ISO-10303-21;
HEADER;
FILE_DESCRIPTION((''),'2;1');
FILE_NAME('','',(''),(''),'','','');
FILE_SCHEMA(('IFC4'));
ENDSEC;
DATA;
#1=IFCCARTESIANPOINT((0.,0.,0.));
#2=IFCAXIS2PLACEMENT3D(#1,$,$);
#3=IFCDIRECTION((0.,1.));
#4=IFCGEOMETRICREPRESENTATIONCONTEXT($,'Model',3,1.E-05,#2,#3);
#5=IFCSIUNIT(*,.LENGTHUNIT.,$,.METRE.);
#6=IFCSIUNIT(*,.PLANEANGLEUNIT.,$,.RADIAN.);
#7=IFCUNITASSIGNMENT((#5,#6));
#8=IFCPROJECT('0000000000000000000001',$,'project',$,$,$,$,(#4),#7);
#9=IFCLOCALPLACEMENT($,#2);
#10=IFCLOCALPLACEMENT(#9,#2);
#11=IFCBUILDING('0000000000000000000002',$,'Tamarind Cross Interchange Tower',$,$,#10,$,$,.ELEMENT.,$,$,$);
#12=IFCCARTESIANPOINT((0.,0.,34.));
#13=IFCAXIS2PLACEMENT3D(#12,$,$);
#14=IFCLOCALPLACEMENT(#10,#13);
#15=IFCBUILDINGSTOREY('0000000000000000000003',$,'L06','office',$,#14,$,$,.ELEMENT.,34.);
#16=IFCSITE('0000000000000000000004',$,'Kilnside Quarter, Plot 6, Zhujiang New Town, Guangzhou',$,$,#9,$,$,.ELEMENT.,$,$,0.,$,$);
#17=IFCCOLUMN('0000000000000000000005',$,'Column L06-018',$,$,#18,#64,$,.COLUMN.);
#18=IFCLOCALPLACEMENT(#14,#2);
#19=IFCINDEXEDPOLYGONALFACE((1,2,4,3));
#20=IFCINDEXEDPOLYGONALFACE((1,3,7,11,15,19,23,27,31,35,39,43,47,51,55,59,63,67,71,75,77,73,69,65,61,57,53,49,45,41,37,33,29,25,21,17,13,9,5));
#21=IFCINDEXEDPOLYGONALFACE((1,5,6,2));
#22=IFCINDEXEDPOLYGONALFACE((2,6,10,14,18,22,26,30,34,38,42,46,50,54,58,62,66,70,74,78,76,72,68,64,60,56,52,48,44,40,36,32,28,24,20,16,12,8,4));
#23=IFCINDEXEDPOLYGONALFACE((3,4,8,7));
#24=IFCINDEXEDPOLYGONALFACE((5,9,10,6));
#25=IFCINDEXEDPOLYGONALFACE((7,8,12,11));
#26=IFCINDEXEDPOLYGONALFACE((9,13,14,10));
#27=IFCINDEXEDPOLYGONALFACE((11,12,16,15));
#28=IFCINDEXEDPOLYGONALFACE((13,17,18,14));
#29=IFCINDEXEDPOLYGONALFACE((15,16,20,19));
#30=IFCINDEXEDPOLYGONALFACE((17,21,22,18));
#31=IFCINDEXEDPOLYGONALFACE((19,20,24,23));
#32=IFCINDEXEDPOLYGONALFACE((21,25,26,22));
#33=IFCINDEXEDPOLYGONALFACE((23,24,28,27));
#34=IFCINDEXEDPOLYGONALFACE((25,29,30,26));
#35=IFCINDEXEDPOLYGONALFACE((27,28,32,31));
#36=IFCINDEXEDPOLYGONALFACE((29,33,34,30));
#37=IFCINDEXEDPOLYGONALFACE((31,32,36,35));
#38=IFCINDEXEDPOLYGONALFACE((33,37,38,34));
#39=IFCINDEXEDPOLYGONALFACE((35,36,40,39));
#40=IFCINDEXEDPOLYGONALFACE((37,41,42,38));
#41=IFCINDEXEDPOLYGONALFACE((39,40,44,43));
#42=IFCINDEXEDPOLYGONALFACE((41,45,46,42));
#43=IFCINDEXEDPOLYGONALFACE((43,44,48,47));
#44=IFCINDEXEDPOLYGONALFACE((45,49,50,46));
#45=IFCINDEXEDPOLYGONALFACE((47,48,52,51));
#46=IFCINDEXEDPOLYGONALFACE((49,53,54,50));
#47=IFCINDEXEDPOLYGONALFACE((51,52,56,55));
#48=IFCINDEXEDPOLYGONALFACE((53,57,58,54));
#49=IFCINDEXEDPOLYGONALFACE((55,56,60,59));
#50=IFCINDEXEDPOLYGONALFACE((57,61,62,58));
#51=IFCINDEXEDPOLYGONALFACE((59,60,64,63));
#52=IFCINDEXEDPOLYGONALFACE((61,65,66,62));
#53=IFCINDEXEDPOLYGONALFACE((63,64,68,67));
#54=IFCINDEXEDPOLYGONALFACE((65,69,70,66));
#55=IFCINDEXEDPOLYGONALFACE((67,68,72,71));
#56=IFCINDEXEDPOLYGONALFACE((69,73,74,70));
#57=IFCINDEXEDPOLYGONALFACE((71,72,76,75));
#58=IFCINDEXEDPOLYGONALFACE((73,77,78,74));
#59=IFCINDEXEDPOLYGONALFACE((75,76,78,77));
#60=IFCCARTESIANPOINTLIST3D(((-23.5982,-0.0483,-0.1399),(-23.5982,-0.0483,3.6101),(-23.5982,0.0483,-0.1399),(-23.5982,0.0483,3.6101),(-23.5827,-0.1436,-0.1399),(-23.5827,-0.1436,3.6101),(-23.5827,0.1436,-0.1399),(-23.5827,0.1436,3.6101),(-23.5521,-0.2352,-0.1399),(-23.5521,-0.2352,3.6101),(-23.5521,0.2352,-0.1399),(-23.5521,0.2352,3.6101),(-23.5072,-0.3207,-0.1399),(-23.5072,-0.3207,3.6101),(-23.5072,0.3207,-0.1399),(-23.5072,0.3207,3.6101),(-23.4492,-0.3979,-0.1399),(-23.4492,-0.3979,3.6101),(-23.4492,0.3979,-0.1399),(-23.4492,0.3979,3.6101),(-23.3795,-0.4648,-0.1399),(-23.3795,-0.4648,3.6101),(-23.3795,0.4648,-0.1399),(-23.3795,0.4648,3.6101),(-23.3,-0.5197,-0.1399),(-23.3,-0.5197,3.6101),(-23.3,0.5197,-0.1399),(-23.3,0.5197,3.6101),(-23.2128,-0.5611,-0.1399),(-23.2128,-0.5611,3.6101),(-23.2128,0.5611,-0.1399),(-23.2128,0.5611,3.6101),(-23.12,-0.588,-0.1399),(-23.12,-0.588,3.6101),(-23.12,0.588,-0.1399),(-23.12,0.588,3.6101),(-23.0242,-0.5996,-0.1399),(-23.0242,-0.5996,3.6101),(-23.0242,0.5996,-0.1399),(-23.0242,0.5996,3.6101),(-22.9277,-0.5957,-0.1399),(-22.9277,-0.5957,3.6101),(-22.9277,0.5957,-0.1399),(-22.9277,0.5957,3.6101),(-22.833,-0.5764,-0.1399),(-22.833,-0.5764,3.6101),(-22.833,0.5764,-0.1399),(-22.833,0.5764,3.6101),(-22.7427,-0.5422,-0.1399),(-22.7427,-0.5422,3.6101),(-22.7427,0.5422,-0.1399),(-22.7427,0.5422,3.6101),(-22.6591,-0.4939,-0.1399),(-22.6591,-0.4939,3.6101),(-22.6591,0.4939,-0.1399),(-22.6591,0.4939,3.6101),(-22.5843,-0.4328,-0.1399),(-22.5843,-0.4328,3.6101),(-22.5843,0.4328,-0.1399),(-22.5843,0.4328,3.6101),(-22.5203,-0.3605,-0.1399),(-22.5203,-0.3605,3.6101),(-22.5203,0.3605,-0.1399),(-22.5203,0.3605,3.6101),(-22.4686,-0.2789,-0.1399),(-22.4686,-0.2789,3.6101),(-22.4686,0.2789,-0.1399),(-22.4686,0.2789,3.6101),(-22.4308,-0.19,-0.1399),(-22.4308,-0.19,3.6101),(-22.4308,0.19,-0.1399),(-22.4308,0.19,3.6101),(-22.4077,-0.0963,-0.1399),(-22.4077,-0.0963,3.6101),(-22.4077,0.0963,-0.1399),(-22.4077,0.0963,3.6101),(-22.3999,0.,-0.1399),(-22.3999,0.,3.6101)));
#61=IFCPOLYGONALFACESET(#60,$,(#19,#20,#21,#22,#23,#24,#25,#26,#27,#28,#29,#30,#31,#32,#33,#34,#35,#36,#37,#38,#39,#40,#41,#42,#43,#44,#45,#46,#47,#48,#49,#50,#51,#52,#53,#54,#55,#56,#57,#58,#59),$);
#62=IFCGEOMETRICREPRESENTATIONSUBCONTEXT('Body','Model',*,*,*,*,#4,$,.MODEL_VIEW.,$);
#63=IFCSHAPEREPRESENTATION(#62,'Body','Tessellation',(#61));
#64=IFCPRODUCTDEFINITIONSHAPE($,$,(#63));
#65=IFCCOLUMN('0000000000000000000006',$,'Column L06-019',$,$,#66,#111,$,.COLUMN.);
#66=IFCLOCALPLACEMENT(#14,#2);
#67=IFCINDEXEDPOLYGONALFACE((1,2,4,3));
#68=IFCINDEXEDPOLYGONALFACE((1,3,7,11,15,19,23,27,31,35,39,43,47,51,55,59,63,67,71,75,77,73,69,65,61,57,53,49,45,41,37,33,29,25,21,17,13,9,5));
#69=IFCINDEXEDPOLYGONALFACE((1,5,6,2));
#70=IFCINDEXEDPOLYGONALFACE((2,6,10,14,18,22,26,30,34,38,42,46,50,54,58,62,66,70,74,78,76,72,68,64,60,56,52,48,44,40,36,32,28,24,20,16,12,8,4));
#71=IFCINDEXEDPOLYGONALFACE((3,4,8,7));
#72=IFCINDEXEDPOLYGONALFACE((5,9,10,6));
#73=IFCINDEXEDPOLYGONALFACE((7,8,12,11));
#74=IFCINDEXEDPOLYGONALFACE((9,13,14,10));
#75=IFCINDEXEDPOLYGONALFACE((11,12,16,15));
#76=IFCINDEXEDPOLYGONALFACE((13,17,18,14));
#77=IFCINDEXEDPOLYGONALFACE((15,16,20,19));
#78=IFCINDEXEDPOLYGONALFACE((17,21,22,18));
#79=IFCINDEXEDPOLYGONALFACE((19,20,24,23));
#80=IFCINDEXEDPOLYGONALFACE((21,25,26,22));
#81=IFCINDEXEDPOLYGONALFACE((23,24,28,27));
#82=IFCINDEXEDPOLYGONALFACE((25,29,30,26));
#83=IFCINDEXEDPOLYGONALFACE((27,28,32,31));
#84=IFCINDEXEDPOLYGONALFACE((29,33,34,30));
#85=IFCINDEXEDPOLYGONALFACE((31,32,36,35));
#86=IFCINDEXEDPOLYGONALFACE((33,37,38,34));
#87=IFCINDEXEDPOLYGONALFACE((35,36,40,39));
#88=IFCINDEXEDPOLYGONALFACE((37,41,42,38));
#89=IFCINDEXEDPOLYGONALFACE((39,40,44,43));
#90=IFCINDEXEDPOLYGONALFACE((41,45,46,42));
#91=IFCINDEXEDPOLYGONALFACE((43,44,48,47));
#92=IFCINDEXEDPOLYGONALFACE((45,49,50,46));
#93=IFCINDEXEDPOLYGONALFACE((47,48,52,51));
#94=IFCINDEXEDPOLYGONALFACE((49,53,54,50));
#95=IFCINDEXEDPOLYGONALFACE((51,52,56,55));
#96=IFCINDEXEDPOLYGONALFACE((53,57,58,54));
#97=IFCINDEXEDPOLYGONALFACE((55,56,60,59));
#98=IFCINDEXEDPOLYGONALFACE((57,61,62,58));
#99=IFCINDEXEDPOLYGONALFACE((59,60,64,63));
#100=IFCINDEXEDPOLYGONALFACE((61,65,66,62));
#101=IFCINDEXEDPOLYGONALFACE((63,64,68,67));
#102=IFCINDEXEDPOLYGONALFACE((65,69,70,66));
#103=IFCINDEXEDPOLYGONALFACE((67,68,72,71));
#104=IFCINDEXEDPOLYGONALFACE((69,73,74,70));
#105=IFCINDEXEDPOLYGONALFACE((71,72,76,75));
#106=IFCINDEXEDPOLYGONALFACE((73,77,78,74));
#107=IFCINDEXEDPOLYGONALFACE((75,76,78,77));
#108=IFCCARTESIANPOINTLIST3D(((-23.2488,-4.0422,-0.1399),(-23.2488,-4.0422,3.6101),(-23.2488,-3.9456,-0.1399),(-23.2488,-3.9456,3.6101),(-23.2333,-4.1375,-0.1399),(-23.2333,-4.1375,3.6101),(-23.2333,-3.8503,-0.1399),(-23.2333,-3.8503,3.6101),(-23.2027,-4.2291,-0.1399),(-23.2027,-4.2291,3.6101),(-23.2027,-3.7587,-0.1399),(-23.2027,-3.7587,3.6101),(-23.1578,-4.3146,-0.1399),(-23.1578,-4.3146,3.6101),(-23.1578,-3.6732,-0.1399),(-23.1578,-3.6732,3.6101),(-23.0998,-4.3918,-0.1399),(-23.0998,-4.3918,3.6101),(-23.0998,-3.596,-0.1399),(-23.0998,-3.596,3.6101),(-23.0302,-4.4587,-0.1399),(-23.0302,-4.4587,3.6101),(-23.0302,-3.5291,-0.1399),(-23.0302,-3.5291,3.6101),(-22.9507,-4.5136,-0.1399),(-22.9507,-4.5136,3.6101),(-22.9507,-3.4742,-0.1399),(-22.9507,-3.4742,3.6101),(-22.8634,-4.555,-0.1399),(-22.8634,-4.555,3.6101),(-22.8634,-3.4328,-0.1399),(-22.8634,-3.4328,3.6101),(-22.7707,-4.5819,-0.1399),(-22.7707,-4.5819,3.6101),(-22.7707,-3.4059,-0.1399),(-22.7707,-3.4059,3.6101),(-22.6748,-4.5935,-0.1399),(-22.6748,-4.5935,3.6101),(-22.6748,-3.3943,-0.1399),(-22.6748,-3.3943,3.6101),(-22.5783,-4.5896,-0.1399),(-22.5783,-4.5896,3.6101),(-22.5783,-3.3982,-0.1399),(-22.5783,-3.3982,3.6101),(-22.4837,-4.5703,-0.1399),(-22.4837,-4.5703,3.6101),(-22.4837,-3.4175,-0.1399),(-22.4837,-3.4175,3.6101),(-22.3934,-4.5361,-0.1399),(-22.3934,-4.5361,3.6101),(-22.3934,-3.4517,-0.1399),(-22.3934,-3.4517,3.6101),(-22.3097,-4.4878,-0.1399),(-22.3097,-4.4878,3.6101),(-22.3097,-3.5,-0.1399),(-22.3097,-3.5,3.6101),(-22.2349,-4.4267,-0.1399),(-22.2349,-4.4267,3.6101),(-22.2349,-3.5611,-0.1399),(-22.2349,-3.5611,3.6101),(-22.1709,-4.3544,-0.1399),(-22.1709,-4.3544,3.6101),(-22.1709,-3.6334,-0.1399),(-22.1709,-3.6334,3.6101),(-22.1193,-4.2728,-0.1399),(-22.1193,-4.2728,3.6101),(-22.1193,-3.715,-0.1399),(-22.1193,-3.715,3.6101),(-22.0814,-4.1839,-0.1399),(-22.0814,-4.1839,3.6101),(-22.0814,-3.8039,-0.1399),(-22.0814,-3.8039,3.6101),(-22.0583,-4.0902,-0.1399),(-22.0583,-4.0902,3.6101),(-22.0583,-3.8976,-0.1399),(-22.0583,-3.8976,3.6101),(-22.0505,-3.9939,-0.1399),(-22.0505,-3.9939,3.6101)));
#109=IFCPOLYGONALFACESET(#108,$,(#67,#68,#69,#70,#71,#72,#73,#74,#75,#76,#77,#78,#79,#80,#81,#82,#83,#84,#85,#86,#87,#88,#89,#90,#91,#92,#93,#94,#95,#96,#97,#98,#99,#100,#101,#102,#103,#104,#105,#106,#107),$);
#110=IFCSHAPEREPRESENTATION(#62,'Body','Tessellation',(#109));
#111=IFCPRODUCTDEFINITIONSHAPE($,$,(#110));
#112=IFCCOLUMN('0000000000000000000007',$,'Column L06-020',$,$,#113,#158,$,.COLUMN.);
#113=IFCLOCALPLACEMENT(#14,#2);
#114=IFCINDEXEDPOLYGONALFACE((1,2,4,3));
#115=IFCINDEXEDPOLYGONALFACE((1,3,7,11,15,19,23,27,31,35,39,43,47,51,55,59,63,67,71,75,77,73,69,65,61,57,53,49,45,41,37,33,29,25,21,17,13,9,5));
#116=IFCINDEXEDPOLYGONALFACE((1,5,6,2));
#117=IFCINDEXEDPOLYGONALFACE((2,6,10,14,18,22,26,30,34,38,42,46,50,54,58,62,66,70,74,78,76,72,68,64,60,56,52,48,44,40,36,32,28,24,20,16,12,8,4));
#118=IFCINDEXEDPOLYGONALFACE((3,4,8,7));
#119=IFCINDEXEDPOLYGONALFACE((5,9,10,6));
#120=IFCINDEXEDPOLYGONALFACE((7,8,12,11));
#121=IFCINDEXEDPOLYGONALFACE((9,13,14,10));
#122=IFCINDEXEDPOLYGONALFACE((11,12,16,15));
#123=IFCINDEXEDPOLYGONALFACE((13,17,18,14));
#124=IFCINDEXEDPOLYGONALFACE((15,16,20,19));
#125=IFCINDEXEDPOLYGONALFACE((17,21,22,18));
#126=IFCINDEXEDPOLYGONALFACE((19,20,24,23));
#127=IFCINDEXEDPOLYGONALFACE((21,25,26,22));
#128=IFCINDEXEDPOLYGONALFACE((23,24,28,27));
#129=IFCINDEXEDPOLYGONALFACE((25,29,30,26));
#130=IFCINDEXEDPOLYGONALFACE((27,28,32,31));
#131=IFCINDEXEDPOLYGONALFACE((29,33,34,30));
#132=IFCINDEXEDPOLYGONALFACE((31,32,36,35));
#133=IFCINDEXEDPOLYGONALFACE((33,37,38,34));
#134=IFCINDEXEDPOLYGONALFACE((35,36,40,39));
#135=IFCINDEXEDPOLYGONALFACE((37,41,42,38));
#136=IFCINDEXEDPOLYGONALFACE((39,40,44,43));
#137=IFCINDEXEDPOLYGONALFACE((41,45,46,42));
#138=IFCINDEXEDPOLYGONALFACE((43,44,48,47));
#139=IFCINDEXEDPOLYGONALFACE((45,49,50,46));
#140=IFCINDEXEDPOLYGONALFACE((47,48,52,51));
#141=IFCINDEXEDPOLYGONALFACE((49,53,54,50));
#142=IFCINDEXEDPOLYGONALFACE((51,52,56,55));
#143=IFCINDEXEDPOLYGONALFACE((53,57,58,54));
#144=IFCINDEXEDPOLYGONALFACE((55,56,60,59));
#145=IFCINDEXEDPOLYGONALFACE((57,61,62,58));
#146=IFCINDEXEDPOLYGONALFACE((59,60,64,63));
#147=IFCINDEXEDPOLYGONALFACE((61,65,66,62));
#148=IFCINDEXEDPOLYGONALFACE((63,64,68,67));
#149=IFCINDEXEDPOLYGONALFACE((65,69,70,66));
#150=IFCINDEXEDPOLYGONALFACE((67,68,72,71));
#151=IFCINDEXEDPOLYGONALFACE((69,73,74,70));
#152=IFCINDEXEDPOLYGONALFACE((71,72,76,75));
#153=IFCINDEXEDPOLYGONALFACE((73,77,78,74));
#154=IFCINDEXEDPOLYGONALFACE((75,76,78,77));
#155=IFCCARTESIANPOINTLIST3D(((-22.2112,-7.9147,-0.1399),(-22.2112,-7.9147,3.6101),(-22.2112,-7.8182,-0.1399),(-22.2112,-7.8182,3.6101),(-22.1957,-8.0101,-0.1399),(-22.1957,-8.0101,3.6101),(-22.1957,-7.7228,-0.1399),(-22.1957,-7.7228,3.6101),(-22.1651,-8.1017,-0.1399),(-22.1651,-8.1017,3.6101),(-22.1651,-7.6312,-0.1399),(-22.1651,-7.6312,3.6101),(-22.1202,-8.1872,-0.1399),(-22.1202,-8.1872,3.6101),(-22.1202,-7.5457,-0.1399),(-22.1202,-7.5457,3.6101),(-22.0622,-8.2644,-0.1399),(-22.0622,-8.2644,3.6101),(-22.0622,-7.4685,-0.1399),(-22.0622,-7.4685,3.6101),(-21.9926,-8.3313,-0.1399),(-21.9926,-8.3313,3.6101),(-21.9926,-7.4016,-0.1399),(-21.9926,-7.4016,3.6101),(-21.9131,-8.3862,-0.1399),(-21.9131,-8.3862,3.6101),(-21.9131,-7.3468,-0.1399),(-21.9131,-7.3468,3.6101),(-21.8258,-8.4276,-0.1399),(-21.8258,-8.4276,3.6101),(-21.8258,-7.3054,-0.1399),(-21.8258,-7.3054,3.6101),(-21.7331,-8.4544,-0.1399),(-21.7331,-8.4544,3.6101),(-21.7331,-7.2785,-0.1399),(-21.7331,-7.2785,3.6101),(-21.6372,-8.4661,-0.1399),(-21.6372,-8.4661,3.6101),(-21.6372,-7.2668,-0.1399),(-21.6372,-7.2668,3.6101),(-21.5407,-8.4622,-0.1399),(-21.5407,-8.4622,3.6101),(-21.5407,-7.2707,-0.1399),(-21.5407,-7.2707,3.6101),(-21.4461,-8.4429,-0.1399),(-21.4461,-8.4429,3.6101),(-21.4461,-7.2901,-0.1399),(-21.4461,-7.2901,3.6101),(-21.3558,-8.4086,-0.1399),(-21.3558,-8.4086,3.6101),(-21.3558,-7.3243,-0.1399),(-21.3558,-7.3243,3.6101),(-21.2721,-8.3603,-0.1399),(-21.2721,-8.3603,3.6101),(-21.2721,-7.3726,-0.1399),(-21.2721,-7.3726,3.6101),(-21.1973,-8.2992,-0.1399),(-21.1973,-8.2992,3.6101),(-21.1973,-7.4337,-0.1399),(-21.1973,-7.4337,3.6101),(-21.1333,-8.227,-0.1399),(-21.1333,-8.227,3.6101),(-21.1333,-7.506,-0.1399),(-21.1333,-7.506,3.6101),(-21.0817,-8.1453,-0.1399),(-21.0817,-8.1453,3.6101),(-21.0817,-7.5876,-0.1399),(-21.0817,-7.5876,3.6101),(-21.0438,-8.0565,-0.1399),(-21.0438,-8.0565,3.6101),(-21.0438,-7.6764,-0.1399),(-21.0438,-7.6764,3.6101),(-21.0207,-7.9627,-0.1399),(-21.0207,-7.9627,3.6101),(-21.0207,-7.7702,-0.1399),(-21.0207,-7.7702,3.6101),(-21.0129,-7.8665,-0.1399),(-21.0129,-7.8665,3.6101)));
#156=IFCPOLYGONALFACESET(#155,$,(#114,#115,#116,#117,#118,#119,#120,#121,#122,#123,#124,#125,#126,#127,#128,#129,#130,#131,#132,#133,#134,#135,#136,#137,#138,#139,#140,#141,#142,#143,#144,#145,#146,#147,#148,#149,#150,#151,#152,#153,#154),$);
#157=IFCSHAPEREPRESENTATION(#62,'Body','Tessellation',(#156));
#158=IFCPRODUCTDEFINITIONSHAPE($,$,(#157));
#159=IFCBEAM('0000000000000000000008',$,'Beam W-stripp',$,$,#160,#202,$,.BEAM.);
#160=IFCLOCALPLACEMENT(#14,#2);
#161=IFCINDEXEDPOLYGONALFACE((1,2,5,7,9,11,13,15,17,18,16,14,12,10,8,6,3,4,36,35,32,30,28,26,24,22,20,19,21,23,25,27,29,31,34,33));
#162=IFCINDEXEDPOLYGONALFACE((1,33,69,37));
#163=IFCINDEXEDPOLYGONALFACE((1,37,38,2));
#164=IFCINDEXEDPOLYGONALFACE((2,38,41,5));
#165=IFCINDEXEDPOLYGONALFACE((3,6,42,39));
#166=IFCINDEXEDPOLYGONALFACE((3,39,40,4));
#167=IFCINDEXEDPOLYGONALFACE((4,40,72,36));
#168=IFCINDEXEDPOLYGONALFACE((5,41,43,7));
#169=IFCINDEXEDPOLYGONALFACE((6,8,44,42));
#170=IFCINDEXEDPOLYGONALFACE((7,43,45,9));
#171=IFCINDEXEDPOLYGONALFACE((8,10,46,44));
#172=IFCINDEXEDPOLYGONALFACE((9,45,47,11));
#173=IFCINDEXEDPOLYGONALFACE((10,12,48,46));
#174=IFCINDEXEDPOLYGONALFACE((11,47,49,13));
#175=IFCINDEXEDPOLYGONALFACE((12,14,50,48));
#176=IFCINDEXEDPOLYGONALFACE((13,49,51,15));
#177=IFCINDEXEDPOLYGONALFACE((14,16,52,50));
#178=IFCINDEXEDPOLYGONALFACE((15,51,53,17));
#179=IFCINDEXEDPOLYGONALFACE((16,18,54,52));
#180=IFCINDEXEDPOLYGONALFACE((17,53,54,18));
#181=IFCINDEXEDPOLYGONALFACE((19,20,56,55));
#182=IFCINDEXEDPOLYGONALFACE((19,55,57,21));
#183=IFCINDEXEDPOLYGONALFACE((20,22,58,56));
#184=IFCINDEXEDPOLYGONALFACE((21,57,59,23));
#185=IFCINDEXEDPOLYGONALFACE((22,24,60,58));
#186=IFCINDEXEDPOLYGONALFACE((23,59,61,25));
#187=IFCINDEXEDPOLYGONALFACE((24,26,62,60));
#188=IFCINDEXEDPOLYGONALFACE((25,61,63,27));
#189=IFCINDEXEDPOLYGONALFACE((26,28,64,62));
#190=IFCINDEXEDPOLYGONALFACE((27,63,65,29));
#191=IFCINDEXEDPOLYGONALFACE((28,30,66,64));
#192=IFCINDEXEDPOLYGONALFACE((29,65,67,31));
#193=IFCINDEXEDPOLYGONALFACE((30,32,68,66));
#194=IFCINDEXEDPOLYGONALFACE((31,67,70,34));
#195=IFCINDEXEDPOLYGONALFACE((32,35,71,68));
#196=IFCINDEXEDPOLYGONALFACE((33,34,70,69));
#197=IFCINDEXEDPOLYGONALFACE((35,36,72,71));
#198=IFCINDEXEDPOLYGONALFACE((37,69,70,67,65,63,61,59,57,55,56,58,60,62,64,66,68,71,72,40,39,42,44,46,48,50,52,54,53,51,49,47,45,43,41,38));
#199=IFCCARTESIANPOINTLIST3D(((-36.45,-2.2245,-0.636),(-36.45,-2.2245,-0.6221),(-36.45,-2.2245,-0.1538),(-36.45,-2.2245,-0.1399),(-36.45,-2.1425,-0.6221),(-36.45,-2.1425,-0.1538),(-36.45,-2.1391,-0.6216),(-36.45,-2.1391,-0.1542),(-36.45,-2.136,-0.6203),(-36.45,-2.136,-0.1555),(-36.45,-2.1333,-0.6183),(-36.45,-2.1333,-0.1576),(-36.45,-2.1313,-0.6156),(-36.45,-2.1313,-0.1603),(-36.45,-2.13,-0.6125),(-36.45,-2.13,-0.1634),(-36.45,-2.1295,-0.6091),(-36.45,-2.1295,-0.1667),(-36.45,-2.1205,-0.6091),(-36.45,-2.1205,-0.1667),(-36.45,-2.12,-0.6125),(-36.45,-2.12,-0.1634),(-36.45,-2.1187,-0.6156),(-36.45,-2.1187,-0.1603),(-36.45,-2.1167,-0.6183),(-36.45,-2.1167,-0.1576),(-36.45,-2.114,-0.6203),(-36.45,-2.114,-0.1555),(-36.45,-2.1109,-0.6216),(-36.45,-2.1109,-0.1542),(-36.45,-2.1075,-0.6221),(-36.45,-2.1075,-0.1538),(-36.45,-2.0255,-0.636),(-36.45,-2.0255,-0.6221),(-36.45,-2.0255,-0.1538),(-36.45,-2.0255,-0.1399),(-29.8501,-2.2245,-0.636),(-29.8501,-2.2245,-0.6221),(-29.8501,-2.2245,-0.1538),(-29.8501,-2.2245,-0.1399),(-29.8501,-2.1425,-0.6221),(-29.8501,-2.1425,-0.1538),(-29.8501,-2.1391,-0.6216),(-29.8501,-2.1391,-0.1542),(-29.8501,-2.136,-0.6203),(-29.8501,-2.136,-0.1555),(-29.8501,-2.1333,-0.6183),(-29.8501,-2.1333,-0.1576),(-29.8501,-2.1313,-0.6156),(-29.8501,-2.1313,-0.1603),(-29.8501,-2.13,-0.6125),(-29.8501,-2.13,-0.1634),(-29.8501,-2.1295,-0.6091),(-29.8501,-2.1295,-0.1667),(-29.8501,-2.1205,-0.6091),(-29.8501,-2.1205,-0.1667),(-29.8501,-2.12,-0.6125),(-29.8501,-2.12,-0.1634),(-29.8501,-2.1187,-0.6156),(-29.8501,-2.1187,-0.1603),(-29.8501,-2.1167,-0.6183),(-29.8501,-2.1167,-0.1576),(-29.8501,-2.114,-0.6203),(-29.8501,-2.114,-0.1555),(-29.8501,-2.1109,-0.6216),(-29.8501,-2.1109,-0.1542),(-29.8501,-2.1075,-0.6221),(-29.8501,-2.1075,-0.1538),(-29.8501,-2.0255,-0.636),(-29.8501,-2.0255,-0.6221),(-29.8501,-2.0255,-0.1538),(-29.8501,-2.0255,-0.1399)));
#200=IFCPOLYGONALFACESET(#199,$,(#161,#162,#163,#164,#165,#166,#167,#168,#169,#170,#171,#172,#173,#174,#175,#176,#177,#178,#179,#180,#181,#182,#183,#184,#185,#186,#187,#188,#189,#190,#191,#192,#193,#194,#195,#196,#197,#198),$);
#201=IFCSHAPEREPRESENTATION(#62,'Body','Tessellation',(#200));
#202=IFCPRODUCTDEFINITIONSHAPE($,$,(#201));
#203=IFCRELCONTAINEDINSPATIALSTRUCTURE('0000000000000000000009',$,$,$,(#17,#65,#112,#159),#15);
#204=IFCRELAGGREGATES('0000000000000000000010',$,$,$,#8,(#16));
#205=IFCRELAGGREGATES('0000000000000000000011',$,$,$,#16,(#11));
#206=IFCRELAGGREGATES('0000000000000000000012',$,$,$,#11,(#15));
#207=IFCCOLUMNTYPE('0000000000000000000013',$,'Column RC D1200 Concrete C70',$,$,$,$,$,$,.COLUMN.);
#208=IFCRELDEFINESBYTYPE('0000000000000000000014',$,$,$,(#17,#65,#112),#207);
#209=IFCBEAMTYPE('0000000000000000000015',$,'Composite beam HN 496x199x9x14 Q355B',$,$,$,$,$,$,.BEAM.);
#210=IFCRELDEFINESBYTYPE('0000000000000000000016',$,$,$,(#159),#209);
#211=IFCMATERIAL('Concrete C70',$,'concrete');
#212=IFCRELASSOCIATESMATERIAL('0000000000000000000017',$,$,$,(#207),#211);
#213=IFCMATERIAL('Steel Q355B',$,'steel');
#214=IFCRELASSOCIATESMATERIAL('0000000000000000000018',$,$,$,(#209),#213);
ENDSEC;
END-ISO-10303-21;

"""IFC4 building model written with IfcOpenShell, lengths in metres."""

from ifc_helpers import new_model, si_unit, direction, frame, origin, origin_2d, place, context, subcontext, project, spatial, circle, i_section, extrude, material, material_profile, profile_set, type_object, element, save


model = new_model("IFC4")

# Units and contexts
model_context = context("Model", 3, precision=1e-05, world=origin(), true_north=direction((0.0, 1.0)))
body_context = subcontext(model_context, "Body", "Model", "MODEL_VIEW")
ifc_project = project(units=[si_unit("LENGTHUNIT", "METRE"), si_unit("PLANEANGLEUNIT", "RADIAN")], contexts=[model_context])

# Site, building, storey
site_placement = place(None, origin())
site = spatial("IfcSite", under=ifc_project, at=site_placement, Name="Kilnside Quarter, Plot 6, Zhujiang New Town, Guangzhou", CompositionType="ELEMENT", RefElevation=0.0)
building_placement = place(site_placement, origin())
building = spatial("IfcBuilding", under=site, at=building_placement, Name="Tamarind Cross Interchange Tower", CompositionType="ELEMENT")
storey_placement = place(building_placement, frame((0.0, 0.0, 34.0)))
storey = spatial("IfcBuildingStorey", under=building, at=storey_placement, Name="L06", Description="office", CompositionType="ELEMENT", Elevation=34.0)

# Columns
ifc_material_1 = material(Name="Concrete C70", Category="concrete")
ifc_material_profile_1 = material_profile(ifc_material_1, circle(Radius=0.6001, at=origin_2d()), Name="RC D1200")
ifc_profile_set_1 = profile_set([ifc_material_profile_1], Name="Concrete C70")
column_type = type_object("IfcColumnType", Name="Column RC D1200 Concrete C70", PredefinedType="COLUMN", material=ifc_profile_set_1)
for number, where, z_axis, x_axis, name in (
    (1, (-23.0, 0.0, -0.1399), (0.0, 0.0, 1.0), (1.0, 0.0, 0.0), "Column L06-018"),
    (2, (-22.6506, -3.9939, -0.1399), (0.0, 0.0, 1.0), (1.0, 0.0, 0.0), "Column L06-019"),
    (3, (-21.613, -7.8665, -0.1399), (0.0, 0.0, 1.0), (1.0, 0.0, 0.0), "Column L06-020"),
):
    element("IfcColumn", number, at=place(storey_placement, frame(where, z_axis=z_axis, x_axis=x_axis)), inside=storey, type_object=column_type, Name=name, PredefinedType="COLUMN", context=body_context, shape_type="SweptSolid", body=[
        extrude(circle(Radius=0.6001, at=origin_2d()), origin(), (0.0, 0.0, 1.0), 3.75),
    ])

# Beam
ifc_material_2 = material(Name="Steel Q355B", Category="steel")
ifc_material_profile_2 = material_profile(ifc_material_2, i_section(OverallWidth=0.199, OverallDepth=0.4961, WebThickness=0.009, FlangeThickness=0.0139, FilletRadius=0.0129, at=origin_2d()), Name="HN 496x199x9x14")
ifc_profile_set_2 = profile_set([ifc_material_profile_2], Name="Steel Q355B")
beam_type_1 = type_object("IfcBeamType", Name="Composite beam HN 496x199x9x14 Q355B", PredefinedType="BEAM", material=ifc_profile_set_2)
beam_1_placement = place(storey_placement, frame((-29.8501, -2.125, -0.3879), z_axis=(-1.0, 0.0, 0.0), x_axis=(0.0, -1.0, 0.0)))
element("IfcBeam", 4, at=beam_1_placement, inside=storey, type_object=beam_type_1, Name="Beam W-stripp", PredefinedType="BEAM", context=body_context, shape_type="SweptSolid", body=[
    extrude(i_section(OverallWidth=0.199, OverallDepth=0.4961, WebThickness=0.009, FlangeThickness=0.0139, FilletRadius=0.0129, at=origin_2d()), origin(), (0.0, 0.0, 1.0), 6.5999),
])

save(model, "model.ifc")
